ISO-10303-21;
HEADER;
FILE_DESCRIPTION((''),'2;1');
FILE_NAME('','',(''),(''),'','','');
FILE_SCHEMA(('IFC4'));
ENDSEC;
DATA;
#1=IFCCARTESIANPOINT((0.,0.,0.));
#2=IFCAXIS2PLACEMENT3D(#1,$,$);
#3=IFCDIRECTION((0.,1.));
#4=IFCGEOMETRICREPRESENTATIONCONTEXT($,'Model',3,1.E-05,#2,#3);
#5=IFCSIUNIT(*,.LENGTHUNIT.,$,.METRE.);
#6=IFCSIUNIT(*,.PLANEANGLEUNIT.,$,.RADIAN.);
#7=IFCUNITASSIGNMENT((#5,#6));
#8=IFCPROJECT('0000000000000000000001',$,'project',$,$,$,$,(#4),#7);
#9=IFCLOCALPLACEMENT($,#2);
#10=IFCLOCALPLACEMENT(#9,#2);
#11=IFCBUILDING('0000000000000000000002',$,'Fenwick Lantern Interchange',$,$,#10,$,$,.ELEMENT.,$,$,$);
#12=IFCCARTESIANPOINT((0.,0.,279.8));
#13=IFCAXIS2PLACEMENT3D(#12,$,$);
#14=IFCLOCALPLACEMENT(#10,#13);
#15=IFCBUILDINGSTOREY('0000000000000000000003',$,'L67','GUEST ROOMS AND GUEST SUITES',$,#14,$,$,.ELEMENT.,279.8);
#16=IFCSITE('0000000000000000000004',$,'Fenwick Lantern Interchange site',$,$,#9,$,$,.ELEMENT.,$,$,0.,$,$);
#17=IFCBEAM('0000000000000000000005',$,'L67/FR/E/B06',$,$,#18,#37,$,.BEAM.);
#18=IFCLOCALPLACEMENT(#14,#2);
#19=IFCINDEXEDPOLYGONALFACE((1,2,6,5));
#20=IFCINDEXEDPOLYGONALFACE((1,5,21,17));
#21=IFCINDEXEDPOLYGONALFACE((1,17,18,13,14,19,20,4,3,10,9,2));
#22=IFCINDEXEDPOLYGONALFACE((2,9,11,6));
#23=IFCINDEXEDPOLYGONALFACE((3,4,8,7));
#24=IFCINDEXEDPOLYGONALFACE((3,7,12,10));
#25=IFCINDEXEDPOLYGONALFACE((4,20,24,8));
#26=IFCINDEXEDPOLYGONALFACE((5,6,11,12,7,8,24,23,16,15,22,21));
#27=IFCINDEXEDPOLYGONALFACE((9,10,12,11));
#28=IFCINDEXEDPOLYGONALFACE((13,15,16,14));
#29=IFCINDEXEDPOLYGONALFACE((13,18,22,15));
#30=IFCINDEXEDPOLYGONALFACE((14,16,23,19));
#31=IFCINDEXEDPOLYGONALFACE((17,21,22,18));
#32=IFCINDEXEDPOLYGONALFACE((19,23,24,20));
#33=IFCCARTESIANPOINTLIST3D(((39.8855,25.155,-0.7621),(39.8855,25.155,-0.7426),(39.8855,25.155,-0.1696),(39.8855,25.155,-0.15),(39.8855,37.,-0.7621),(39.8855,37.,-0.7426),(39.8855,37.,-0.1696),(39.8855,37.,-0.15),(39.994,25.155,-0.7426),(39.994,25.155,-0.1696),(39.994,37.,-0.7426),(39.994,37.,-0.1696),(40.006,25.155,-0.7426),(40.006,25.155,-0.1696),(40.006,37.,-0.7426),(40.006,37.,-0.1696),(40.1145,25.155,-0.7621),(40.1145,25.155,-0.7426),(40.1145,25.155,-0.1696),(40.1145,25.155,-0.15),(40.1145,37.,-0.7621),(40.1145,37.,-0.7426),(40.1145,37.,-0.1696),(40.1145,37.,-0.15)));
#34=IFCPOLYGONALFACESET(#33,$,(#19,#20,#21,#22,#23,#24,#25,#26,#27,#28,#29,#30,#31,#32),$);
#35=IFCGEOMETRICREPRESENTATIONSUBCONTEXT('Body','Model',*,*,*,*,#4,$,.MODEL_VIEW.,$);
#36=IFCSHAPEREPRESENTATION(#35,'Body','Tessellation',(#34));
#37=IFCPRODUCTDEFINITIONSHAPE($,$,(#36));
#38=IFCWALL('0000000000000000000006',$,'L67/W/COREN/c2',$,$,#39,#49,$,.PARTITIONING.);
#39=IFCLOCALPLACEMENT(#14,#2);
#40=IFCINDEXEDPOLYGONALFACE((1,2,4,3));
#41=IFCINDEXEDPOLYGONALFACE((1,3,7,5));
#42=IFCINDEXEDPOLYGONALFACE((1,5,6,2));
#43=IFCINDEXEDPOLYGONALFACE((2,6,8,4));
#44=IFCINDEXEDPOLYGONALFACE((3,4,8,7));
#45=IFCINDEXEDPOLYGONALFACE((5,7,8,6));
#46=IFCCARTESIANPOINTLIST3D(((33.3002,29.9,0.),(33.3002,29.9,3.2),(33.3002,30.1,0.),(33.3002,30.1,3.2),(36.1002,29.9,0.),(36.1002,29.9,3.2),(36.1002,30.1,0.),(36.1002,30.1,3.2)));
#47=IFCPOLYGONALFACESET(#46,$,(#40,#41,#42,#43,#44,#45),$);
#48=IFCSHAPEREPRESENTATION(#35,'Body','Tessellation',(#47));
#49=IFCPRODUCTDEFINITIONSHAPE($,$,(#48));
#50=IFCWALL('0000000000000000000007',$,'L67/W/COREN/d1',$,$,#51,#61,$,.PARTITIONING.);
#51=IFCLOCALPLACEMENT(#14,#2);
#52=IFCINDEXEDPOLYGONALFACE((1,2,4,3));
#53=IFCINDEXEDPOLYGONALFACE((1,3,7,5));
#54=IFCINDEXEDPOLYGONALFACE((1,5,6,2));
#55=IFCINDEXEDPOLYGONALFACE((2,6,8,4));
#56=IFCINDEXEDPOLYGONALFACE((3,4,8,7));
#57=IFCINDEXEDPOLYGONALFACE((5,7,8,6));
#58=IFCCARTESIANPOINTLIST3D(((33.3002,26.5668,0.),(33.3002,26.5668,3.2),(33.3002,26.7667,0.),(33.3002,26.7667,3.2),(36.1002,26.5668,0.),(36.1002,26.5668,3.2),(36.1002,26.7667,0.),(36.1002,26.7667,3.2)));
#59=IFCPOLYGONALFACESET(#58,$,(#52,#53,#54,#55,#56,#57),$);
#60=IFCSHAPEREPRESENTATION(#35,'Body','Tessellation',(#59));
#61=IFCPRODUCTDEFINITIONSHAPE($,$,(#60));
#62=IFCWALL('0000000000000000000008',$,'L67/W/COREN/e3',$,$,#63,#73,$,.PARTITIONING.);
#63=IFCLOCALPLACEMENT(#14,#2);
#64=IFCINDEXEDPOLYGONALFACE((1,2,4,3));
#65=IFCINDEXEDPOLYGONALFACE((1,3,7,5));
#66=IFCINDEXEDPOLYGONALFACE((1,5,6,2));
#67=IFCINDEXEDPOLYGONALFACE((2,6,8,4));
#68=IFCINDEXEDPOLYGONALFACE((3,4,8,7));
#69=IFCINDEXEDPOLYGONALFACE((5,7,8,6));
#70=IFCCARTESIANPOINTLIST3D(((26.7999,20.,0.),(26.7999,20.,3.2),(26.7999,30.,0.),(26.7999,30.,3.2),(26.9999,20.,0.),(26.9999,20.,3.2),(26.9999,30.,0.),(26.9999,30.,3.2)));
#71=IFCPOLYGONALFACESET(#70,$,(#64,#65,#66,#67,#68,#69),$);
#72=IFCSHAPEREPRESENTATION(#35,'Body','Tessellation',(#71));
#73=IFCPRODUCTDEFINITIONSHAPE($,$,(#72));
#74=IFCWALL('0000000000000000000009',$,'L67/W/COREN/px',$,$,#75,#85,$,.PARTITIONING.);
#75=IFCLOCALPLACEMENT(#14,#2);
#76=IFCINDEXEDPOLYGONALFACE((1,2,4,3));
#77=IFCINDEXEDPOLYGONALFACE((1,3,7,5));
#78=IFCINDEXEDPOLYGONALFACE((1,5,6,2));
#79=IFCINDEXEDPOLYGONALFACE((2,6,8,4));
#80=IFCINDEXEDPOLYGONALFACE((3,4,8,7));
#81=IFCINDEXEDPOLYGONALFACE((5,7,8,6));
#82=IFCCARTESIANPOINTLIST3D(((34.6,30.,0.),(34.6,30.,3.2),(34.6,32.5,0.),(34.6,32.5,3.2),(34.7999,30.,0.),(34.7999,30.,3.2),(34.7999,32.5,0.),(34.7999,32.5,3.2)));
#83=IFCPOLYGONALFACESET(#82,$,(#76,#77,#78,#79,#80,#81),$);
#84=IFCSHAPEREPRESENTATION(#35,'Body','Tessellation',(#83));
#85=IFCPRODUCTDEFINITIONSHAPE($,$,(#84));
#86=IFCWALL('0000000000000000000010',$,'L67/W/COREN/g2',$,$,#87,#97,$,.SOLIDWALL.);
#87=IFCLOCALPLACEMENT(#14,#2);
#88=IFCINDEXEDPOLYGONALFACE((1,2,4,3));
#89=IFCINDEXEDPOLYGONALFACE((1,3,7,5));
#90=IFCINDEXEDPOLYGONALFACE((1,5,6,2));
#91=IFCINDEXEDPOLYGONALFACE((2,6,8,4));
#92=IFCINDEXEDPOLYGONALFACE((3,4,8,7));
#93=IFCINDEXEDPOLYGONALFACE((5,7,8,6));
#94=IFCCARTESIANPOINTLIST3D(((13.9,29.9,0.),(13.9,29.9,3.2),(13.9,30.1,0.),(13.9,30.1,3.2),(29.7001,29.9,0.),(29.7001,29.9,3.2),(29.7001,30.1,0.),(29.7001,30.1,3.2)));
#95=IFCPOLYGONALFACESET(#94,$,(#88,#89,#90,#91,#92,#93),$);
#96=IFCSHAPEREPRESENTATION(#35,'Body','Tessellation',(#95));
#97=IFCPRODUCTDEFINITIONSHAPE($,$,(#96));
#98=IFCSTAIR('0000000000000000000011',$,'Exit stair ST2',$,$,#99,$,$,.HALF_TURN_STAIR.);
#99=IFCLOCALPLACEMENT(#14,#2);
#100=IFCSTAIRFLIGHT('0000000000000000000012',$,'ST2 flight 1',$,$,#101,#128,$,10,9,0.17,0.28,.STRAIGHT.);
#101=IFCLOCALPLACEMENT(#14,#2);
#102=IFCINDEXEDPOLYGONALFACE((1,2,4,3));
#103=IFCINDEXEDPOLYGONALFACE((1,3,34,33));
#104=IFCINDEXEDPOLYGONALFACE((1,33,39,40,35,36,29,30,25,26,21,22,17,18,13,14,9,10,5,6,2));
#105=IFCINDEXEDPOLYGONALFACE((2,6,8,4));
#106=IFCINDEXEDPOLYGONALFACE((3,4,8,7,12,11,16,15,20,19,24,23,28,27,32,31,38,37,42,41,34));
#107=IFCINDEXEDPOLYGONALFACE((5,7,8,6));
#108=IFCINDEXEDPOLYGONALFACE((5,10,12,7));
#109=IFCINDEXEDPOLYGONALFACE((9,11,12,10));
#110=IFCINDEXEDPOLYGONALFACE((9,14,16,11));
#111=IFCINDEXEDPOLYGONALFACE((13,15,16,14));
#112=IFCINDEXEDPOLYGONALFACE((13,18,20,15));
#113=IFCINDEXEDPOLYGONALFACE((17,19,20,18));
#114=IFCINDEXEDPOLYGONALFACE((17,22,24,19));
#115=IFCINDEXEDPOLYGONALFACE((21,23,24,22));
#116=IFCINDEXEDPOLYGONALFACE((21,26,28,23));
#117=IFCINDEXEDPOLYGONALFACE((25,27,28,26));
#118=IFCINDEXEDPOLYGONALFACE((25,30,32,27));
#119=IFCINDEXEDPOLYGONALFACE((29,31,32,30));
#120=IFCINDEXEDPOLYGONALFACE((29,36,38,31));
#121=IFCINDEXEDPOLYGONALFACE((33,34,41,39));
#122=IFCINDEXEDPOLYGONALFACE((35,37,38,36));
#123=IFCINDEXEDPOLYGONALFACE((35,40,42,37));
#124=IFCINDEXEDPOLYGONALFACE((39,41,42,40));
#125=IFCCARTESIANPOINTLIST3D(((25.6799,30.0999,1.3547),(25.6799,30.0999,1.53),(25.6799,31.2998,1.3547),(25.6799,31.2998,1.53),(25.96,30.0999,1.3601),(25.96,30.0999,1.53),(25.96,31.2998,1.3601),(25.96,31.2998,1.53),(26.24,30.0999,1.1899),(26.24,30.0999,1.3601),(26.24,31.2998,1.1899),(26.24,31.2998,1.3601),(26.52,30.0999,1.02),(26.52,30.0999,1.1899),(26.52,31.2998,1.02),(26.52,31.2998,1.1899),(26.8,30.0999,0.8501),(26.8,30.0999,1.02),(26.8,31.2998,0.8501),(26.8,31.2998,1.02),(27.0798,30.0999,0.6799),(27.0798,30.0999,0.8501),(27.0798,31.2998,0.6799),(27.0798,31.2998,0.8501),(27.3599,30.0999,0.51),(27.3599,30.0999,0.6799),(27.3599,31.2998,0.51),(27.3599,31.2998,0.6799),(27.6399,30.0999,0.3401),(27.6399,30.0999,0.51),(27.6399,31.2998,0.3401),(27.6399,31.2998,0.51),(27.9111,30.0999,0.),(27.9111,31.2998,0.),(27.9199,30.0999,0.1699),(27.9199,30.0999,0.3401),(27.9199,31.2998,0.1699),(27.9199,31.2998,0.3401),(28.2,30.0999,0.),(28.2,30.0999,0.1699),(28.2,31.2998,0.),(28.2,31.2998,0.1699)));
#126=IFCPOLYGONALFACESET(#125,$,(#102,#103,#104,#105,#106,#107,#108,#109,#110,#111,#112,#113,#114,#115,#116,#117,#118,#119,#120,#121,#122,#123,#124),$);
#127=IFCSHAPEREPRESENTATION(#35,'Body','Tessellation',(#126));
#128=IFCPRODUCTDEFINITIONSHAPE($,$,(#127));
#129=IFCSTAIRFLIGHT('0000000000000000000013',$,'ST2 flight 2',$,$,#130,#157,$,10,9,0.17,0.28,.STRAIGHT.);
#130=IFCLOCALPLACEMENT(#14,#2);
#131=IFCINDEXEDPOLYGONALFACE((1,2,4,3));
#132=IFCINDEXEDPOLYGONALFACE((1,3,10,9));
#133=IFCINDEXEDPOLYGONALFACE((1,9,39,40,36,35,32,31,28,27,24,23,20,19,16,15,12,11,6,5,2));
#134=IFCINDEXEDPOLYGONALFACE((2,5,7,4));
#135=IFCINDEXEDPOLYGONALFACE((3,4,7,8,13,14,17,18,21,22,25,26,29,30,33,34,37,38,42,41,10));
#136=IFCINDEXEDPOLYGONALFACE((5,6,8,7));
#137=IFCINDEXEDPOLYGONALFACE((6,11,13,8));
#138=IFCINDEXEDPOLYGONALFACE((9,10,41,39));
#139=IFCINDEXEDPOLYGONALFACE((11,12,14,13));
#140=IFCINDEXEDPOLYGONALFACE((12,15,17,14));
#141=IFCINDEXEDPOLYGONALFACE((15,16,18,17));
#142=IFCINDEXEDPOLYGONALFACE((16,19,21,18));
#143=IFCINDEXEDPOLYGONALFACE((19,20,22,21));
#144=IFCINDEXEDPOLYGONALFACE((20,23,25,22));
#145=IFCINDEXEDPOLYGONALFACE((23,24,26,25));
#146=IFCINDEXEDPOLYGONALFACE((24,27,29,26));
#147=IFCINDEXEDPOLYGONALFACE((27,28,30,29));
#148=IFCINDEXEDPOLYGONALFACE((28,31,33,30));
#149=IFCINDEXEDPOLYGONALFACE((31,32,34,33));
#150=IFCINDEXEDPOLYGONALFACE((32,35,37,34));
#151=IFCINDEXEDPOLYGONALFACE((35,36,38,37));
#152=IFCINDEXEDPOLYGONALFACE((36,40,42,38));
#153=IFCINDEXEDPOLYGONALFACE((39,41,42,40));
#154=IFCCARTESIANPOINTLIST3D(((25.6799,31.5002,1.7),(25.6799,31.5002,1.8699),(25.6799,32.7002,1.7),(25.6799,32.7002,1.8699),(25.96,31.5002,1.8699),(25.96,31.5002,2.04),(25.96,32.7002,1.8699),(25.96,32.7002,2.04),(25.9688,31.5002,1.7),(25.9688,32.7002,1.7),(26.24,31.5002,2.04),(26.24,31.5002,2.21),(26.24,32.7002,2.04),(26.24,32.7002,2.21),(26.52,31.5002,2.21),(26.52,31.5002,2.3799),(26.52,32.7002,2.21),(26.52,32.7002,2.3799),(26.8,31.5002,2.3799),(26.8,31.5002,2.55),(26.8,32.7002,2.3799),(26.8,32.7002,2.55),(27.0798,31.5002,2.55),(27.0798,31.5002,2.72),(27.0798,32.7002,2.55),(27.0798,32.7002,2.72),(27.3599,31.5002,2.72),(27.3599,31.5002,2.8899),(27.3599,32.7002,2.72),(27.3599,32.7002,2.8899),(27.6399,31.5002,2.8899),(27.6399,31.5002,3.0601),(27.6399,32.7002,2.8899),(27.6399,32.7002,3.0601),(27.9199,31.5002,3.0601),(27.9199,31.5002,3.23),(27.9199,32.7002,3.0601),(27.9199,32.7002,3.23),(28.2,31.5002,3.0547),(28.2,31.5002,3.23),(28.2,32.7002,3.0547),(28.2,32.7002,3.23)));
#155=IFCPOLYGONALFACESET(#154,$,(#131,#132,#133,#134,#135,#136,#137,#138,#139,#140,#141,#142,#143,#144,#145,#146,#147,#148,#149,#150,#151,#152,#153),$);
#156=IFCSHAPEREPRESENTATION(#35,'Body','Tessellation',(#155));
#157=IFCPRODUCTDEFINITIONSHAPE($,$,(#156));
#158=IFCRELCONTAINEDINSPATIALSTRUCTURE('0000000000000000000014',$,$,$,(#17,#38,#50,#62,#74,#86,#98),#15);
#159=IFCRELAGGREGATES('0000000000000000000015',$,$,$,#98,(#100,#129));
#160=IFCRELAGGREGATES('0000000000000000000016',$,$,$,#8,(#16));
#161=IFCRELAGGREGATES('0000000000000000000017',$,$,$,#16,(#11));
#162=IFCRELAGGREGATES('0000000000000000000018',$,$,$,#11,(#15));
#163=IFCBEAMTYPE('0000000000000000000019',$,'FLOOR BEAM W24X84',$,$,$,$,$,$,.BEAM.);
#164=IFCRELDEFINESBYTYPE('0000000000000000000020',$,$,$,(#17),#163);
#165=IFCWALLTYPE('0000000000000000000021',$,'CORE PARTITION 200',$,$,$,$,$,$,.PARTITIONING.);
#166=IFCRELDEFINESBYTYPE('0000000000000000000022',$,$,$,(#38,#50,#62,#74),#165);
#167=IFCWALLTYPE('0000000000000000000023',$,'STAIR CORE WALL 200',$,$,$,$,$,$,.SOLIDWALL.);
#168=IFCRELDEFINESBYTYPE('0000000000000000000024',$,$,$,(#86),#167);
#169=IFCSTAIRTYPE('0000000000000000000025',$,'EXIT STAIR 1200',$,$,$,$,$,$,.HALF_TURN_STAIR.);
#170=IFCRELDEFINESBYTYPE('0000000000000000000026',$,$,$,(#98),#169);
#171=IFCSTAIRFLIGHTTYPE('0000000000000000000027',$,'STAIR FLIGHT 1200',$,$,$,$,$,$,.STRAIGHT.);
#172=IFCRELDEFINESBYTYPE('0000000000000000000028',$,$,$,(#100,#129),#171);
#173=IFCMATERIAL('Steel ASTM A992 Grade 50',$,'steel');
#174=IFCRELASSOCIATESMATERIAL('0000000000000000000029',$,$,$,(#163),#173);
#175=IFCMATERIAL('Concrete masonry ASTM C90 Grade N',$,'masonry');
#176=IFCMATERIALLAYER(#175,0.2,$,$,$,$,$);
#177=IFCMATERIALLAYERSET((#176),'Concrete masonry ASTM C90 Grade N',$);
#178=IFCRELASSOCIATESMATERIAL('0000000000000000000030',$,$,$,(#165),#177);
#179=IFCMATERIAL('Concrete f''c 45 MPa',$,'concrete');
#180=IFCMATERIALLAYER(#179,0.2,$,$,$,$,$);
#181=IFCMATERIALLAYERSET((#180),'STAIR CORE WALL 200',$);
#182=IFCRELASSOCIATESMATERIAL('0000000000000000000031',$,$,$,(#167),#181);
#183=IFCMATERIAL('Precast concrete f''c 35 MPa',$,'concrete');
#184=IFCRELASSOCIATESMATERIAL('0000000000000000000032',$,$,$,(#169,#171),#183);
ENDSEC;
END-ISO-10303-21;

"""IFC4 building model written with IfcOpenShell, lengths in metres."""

from ifc_helpers import new_model, si_unit, direction, frame, frame_2d, origin, origin_2d, place, context, subcontext, project, spatial, polyline, rectangle, i_section, outline, extrude, material, layer, layer_set, material_profile, profile_set, type_object, element, aggregate, save


model = new_model("IFC4")

# Units and contexts
model_context = context("Model", 3, precision=1e-05, world=origin(), true_north=direction((0.0, 1.0)))
body_context = subcontext(model_context, "Body", "Model", "MODEL_VIEW")
ifc_project = project(units=[si_unit("LENGTHUNIT", "METRE"), si_unit("PLANEANGLEUNIT", "RADIAN")], contexts=[model_context])

# Site, building, storey
site_placement = place(None, origin())
site = spatial("IfcSite", under=ifc_project, at=site_placement, Name="Fenwick Lantern Interchange site", CompositionType="ELEMENT", RefElevation=0.0)
building_placement = place(site_placement, origin())
building = spatial("IfcBuilding", under=site, at=building_placement, Name="Fenwick Lantern Interchange", CompositionType="ELEMENT")
storey_placement = place(building_placement, frame((0.0, 0.0, 279.8)))
storey = spatial("IfcBuildingStorey", under=building, at=storey_placement, Name="L67", Description="GUEST ROOMS AND GUEST SUITES", CompositionType="ELEMENT", Elevation=279.8)

# Beam
ifc_material_1 = material(Name="Steel ASTM A992 Grade 50", Category="steel")
ifc_material_profile = material_profile(ifc_material_1, i_section(OverallWidth=0.229, OverallDepth=0.6121, WebThickness=0.012, FlangeThickness=0.0195, at=origin_2d()), Name="W24X84")
ifc_profile_set = profile_set([ifc_material_profile], Name="Steel ASTM A992 Grade 50")
beam_type = type_object("IfcBeamType", Name="FLOOR BEAM W24X84", PredefinedType="BEAM", material=ifc_profile_set)
beam_placement = place(storey_placement, frame((40.0, 25.155, -0.4561), z_axis=(0.0, 1.0, 0.0), x_axis=(-1.0, 0.0, 0.0)))
element("IfcBeam", 1, at=beam_placement, inside=storey, type_object=beam_type, Name="L67/FR/E/B06", PredefinedType="BEAM", context=body_context, shape_type="SweptSolid", body=[
    extrude(i_section(OverallWidth=0.229, OverallDepth=0.6121, WebThickness=0.012, FlangeThickness=0.0195, at=origin_2d()), origin(), (0.0, 0.0, 1.0), 11.845),
])

# Walls
ifc_material_2 = material(Name="Concrete masonry ASTM C90 Grade N", Category="masonry")
ifc_layer_1 = layer(ifc_material_2, 0.2)
ifc_layer_set_1 = layer_set([ifc_layer_1], Name="Concrete masonry ASTM C90 Grade N")
wall_type_1 = type_object("IfcWallType", Name="CORE PARTITION 200", PredefinedType="PARTITIONING", material=ifc_layer_set_1)
for number, where, z_axis, x_axis, name in (
    (2, (36.1001, 30.0, 0.0), (0.0, 0.0, 1.0), (-1.0, 0.0, 0.0), "L67/W/COREN/c2"),
    (3, (36.1001, 26.6667, 0.0), (0.0, 0.0, 1.0), (-1.0, 0.0, 0.0), "L67/W/COREN/d1"),
):
    element("IfcWall", number, at=place(storey_placement, frame(where, z_axis=z_axis, x_axis=x_axis)), inside=storey, type_object=wall_type_1, Name=name, PredefinedType="PARTITIONING", context=body_context, shape_type="SweptSolid", body=[
        extrude(rectangle(XDim=2.8, YDim=0.2, at=frame_2d((1.3999, 0.0))), origin(), (0.0, 0.0, 1.0), 3.2),
    ])
wall_1_placement = place(storey_placement, frame((26.8999, 30.0, 0.0), z_axis=(0.0, 0.0, 1.0), x_axis=(0.0, -1.0, 0.0)))
element("IfcWall", 4, at=wall_1_placement, inside=storey, type_object=wall_type_1, Name="L67/W/COREN/e3", PredefinedType="PARTITIONING", context=body_context, shape_type="SweptSolid", body=[
    extrude(rectangle(XDim=10.0, YDim=0.2, at=frame_2d((5.0, 0.0))), origin(), (0.0, 0.0, 1.0), 3.2),
])
wall_2_placement = place(storey_placement, frame((34.7, 32.5, 0.0), z_axis=(0.0, 0.0, 1.0), x_axis=(0.0, -1.0, 0.0)))
element("IfcWall", 5, at=wall_2_placement, inside=storey, type_object=wall_type_1, Name="L67/W/COREN/px", PredefinedType="PARTITIONING", context=body_context, shape_type="SweptSolid", body=[
    extrude(rectangle(XDim=2.5, YDim=0.2, at=frame_2d((1.25, 0.0))), origin(), (0.0, 0.0, 1.0), 3.2),
])
ifc_material_3 = material(Name="Concrete f'c 45 MPa", Category="concrete")
ifc_layer_2 = layer(ifc_material_3, 0.2)
ifc_layer_set_2 = layer_set([ifc_layer_2], Name="STAIR CORE WALL 200")
wall_type_2 = type_object("IfcWallType", Name="STAIR CORE WALL 200", PredefinedType="SOLIDWALL", material=ifc_layer_set_2)
wall_3_placement = place(storey_placement, frame((29.7, 30.0, 0.0), z_axis=(0.0, 0.0, 1.0), x_axis=(-1.0, 0.0, 0.0)))
element("IfcWall", 6, at=wall_3_placement, inside=storey, type_object=wall_type_2, Name="L67/W/COREN/g2", PredefinedType="SOLIDWALL", context=body_context, shape_type="SweptSolid", body=[
    extrude(rectangle(XDim=15.8, YDim=0.2, at=frame_2d((7.8999, 0.0))), origin(), (0.0, 0.0, 1.0), 3.2),
])

# Stair, stair flights
ifc_material_4 = material(Name="Precast concrete f'c 35 MPa", Category="concrete")
stair_type = type_object("IfcStairType", Name="EXIT STAIR 1200", PredefinedType="HALF_TURN_STAIR", material=ifc_material_4)
stair_placement = place(storey_placement, origin())
stair = element("IfcStair", 7, at=stair_placement, inside=storey, type_object=stair_type, Name="Exit stair ST2", PredefinedType="HALF_TURN_STAIR")
stair_flight_type = type_object("IfcStairFlightType", Name="STAIR FLIGHT 1200", PredefinedType="STRAIGHT", material=ifc_material_4)
stair_flight_1_placement = place(storey_placement, frame((28.2, 30.7, 0.0), z_axis=(0.0, 0.0, 1.0), x_axis=(-1.0, 0.0, 0.0)))
stair_flight_1 = element("IfcStairFlight", 8, at=stair_flight_1_placement, type_object=stair_flight_type, Name="ST2 flight 1", NumberOfRisers=10, NumberOfTreads=9, PredefinedType="STRAIGHT", RiserHeight=0.17, TreadLength=0.28, context=body_context, shape_type="SweptSolid", body=[
    extrude(outline(polyline([(0.0, 0.0), (0.0, 0.1699), (0.28, 0.1699), (0.28, 0.3401), (0.5601, 0.3401), (0.5601, 0.51), (0.8401, 0.51), (0.8401, 0.6799), (1.1201, 0.6799), (1.1201, 0.8501), (1.3999, 0.8501), (1.3999, 1.02), (1.6799, 1.02), (1.6799, 1.1899), (1.96, 1.1899), (1.96, 1.3601), (2.24, 1.3601), (2.24, 1.53), (2.52, 1.53), (2.52, 1.7), (2.52, 1.3547), (0.2888, 0.0), (0.0, 0.0)])), frame((0.0, 0.6001, 0.0), z_axis=(0.0, -1.0, 0.0), x_axis=(1.0, 0.0, 0.0)), (0.0, 0.0, 1.0), 1.2),
])
stair_flight_2_placement = place(storey_placement, frame((25.6799, 32.1001, 1.7), z_axis=(0.0, 0.0, 1.0), x_axis=(1.0, 0.0, 0.0)))
stair_flight_2 = element("IfcStairFlight", 9, at=stair_flight_2_placement, type_object=stair_flight_type, Name="ST2 flight 2", NumberOfRisers=10, NumberOfTreads=9, PredefinedType="STRAIGHT", RiserHeight=0.17, TreadLength=0.28, context=body_context, shape_type="SweptSolid", body=[
    extrude(outline(polyline([(0.0, 0.0), (0.0, 0.1699), (0.28, 0.1699), (0.28, 0.3401), (0.5601, 0.3401), (0.5601, 0.51), (0.8401, 0.51), (0.8401, 0.6799), (1.1201, 0.6799), (1.1201, 0.8501), (1.3999, 0.8501), (1.3999, 1.02), (1.6799, 1.02), (1.6799, 1.1899), (1.96, 1.1899), (1.96, 1.3601), (2.24, 1.3601), (2.24, 1.53), (2.52, 1.53), (2.52, 1.7), (2.52, 1.3547), (0.2888, 0.0), (0.0, 0.0)])), frame((0.0, 0.6001, 0.0), z_axis=(0.0, -1.0, 0.0), x_axis=(1.0, 0.0, 0.0)), (0.0, 0.0, 1.0), 1.2),
])
aggregate(stair, [stair_flight_1, stair_flight_2])

save(model, "model.ifc")
